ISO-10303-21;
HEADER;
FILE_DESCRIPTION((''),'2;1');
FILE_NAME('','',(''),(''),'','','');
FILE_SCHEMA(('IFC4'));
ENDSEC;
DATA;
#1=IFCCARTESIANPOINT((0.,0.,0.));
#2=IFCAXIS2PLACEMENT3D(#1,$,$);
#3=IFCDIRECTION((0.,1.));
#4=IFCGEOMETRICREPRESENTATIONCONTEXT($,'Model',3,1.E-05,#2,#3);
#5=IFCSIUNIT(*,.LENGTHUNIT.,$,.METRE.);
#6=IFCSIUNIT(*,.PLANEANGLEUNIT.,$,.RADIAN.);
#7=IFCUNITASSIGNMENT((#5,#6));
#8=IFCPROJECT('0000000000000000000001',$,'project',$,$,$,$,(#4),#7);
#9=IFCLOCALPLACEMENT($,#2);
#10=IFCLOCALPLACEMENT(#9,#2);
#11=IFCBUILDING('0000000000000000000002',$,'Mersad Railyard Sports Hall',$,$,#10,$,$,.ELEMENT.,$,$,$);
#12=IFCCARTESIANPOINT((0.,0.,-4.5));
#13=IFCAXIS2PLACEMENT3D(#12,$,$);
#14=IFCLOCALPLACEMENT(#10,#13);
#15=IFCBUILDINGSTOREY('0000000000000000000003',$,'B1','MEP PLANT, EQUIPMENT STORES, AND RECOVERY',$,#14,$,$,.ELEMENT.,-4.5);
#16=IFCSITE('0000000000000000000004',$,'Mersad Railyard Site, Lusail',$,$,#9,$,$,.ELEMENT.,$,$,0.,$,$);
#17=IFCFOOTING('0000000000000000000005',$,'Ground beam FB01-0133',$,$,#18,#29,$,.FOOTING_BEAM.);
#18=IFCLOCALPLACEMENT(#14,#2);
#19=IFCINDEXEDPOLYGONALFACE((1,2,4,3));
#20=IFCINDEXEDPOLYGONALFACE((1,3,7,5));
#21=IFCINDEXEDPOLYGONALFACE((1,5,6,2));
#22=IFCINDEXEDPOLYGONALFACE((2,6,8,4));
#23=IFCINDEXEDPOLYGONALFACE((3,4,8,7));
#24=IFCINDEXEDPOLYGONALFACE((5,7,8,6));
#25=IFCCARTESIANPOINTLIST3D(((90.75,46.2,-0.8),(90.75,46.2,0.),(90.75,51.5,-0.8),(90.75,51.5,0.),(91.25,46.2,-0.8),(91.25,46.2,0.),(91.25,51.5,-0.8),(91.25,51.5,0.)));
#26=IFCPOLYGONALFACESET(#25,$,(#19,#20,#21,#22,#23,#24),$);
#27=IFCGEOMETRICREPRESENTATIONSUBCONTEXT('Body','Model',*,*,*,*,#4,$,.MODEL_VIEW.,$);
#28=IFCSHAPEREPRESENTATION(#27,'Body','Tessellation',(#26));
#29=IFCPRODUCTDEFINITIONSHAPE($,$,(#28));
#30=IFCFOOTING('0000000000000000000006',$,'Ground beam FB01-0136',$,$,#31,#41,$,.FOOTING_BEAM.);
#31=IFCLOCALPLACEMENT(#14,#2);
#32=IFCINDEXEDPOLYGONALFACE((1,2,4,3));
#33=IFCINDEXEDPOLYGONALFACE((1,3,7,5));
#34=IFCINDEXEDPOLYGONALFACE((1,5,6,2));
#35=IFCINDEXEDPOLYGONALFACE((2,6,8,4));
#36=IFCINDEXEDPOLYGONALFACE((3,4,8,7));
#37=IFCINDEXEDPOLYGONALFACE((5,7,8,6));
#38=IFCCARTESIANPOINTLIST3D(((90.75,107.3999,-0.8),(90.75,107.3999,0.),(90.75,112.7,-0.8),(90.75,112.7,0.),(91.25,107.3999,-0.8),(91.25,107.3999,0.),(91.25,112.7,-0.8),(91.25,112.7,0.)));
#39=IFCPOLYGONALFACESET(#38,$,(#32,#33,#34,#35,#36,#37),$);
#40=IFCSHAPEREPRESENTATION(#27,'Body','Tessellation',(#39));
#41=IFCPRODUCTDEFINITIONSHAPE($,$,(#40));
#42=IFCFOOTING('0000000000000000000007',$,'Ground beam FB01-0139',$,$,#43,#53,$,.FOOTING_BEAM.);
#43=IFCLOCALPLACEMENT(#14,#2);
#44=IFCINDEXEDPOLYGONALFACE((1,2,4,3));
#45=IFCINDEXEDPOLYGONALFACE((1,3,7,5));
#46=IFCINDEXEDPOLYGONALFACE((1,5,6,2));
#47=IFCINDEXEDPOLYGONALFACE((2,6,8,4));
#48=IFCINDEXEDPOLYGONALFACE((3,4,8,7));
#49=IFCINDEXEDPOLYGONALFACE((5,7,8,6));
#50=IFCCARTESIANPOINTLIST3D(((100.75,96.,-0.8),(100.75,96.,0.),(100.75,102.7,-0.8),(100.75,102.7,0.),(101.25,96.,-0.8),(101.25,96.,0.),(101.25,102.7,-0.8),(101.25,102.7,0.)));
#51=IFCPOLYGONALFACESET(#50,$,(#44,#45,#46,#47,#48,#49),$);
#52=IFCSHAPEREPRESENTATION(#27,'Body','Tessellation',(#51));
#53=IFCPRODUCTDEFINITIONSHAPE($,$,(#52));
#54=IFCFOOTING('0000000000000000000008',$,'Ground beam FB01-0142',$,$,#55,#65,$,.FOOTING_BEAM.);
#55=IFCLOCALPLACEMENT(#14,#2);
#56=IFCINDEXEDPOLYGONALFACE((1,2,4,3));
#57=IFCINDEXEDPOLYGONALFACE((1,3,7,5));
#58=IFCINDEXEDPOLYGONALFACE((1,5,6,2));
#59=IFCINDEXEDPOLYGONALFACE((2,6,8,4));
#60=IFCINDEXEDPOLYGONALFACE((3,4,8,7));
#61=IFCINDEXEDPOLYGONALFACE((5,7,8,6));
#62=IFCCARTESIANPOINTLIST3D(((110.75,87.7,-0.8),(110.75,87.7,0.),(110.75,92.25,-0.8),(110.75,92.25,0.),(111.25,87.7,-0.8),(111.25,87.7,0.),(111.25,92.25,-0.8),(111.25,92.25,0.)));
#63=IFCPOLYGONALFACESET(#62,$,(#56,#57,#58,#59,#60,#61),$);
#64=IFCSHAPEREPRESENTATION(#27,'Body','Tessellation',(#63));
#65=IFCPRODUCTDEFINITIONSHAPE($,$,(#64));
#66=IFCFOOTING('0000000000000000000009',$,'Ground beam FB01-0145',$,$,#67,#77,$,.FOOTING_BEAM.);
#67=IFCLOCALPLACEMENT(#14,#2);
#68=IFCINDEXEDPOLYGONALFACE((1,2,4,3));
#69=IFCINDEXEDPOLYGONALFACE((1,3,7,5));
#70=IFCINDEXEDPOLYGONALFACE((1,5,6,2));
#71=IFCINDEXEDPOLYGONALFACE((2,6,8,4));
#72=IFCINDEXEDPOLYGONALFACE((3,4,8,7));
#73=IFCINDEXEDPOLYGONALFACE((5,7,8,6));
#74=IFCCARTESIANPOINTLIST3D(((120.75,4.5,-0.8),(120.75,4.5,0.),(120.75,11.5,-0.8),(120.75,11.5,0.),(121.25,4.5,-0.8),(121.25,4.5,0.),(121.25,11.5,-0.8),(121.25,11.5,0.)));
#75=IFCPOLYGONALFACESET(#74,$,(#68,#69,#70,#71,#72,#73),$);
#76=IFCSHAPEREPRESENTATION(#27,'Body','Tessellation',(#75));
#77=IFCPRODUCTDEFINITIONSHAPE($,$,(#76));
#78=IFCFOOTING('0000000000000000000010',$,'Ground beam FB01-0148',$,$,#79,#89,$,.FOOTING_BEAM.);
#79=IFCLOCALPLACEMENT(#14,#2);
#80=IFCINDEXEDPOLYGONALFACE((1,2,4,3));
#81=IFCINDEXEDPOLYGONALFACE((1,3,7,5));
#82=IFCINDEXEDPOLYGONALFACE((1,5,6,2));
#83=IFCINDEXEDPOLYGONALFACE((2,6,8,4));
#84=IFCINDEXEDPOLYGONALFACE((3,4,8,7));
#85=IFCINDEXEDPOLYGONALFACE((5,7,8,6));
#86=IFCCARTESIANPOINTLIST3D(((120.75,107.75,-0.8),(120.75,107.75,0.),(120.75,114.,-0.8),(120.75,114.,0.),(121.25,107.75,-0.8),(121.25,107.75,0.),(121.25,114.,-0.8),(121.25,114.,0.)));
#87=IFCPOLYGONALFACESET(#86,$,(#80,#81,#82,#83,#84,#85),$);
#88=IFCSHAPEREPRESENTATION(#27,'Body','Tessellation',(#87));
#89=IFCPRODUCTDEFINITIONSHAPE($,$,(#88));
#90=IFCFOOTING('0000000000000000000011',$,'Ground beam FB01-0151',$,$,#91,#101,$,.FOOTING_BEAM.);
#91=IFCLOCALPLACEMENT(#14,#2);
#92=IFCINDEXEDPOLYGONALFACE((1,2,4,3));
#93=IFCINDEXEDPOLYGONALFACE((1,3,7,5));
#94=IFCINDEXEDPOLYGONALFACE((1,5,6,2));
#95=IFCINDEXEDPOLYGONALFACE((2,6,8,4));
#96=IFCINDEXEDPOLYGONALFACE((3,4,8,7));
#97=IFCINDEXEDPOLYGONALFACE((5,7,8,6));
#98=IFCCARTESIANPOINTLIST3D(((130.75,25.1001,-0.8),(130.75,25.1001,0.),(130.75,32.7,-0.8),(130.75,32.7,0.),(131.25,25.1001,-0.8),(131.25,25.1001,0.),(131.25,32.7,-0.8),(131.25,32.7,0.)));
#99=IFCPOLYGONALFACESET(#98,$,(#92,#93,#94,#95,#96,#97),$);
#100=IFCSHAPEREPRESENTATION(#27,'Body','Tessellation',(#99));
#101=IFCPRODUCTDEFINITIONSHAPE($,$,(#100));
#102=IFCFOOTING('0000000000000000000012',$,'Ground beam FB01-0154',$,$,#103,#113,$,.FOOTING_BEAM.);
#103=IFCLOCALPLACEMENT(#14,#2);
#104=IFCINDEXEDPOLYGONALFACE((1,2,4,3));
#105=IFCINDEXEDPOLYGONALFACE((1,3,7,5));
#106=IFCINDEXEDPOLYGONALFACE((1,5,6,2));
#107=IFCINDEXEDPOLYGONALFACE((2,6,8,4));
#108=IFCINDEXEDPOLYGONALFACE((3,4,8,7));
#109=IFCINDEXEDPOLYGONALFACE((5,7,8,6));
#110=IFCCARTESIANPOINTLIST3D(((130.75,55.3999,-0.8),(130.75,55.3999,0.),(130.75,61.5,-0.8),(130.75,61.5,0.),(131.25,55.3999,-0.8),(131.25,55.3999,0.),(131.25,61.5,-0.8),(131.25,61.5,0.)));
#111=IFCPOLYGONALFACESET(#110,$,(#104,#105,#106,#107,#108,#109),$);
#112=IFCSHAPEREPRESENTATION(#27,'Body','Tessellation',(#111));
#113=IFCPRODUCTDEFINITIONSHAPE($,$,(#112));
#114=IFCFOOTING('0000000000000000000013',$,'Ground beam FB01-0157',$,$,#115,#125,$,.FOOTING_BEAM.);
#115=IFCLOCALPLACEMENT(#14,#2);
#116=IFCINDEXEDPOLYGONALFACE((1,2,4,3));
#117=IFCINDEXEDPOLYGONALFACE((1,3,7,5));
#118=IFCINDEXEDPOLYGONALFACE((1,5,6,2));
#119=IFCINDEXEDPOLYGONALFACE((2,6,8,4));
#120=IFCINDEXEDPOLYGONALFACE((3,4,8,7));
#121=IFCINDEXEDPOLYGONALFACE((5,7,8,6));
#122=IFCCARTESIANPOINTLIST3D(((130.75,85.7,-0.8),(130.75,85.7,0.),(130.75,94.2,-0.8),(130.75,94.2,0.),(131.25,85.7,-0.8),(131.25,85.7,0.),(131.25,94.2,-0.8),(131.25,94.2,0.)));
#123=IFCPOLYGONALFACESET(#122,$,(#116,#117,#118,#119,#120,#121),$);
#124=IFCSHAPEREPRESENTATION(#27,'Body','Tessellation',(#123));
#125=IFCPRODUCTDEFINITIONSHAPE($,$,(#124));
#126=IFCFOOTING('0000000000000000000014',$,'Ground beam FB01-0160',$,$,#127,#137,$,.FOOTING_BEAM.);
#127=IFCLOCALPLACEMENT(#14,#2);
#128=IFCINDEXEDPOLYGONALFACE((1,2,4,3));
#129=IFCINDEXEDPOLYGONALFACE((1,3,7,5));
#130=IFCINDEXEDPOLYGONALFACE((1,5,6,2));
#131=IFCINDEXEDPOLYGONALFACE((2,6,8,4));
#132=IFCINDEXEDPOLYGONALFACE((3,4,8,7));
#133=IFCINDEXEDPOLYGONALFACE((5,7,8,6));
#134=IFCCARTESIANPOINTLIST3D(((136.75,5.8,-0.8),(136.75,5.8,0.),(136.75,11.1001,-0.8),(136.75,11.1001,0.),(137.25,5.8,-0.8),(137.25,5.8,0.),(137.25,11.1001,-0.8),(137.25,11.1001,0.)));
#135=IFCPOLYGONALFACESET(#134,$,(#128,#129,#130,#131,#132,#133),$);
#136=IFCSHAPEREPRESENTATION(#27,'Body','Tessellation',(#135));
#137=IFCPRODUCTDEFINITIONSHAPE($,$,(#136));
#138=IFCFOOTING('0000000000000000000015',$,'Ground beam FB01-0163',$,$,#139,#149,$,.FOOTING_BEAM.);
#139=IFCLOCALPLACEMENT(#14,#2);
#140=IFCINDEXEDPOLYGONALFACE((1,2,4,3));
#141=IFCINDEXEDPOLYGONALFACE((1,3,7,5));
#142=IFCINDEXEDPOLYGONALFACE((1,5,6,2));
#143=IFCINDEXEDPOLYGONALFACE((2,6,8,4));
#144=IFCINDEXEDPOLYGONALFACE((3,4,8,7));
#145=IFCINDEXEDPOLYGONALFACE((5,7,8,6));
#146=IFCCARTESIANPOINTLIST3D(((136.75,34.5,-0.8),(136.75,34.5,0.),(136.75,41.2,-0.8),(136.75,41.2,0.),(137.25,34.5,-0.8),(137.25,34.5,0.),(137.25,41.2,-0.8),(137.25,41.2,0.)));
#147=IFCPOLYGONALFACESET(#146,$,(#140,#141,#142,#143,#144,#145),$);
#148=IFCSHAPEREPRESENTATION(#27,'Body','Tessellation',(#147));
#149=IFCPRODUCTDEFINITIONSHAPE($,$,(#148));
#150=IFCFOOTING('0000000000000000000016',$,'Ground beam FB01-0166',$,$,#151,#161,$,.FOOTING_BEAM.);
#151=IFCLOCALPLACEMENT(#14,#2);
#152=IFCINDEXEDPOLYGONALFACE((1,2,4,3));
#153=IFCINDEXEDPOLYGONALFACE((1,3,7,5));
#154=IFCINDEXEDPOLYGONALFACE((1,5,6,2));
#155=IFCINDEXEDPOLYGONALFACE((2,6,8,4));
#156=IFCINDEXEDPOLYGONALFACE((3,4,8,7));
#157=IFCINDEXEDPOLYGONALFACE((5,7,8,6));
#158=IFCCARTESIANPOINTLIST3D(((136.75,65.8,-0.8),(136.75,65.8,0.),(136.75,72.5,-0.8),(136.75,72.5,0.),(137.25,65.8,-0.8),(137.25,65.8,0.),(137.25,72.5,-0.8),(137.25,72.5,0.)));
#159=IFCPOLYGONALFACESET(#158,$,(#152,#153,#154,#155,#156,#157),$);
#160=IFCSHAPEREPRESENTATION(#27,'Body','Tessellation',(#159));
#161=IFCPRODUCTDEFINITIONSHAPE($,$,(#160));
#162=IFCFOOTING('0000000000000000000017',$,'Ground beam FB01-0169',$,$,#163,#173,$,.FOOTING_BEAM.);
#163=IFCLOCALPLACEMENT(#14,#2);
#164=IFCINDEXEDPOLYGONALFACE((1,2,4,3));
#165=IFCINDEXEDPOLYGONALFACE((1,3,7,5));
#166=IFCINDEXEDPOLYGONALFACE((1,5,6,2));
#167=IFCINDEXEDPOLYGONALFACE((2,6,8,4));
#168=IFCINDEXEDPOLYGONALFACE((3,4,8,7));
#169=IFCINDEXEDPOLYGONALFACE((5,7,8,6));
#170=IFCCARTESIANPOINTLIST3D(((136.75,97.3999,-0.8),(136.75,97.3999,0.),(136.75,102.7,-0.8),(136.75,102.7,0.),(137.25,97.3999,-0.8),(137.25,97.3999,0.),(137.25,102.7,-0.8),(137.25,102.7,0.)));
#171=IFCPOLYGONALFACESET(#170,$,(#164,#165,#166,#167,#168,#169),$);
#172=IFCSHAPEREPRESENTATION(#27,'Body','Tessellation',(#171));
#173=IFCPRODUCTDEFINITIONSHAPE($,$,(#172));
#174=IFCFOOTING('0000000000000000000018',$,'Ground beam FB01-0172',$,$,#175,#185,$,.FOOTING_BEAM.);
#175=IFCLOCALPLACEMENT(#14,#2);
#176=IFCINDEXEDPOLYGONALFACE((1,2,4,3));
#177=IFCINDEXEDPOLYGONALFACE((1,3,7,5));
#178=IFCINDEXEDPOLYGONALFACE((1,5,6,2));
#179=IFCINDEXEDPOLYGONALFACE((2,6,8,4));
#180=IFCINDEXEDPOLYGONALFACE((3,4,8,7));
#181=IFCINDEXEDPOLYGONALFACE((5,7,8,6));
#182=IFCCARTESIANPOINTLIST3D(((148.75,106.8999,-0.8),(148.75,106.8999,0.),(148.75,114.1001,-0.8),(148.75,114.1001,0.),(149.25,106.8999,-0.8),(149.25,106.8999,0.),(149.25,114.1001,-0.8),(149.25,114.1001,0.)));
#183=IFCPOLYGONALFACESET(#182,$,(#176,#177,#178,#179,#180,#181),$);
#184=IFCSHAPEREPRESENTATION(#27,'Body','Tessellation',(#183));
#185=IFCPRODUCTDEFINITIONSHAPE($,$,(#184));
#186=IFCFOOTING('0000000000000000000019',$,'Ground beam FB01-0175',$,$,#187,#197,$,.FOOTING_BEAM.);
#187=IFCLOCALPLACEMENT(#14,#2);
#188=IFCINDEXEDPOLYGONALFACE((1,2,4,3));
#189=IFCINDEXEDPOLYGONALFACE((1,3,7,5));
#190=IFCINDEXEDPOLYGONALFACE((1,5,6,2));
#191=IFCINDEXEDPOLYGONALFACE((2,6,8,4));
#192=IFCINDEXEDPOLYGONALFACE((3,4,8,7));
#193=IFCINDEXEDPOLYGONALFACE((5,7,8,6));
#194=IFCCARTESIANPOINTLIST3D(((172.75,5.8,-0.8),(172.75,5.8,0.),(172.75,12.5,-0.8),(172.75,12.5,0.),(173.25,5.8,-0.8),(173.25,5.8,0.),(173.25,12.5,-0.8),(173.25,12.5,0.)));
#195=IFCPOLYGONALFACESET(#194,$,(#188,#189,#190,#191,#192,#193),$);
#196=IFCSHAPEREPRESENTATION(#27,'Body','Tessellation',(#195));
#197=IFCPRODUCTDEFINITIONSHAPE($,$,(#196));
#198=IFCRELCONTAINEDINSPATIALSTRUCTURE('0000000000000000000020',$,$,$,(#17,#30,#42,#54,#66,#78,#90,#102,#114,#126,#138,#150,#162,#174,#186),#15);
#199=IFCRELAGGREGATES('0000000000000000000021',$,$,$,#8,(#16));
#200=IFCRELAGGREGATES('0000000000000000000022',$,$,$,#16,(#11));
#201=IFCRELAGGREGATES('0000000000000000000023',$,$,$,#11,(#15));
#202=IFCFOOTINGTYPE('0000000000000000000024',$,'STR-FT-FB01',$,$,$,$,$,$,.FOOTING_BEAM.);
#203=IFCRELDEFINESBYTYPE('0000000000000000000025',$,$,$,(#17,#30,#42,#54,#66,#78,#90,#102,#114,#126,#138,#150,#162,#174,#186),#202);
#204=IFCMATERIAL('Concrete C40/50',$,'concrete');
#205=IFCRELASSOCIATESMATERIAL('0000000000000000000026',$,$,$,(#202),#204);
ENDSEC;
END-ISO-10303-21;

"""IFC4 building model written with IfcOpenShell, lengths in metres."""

from ifc_helpers import new_model, si_unit, direction, frame, origin, place, context, subcontext, project, spatial, polyline, outline, extrude, material, type_object, element, save


model = new_model("IFC4")

# Units and contexts
model_context = context("Model", 3, precision=1e-05, world=origin(), true_north=direction((0.0, 1.0)))
body_context = subcontext(model_context, "Body", "Model", "MODEL_VIEW")
ifc_project = project(units=[si_unit("LENGTHUNIT", "METRE"), si_unit("PLANEANGLEUNIT", "RADIAN")], contexts=[model_context])

# Site, building, storey
site_placement = place(None, origin())
site = spatial("IfcSite", under=ifc_project, at=site_placement, Name="Mersad Railyard Site, Lusail", CompositionType="ELEMENT", RefElevation=0.0)
building_placement = place(site_placement, origin())
building = spatial("IfcBuilding", under=site, at=building_placement, Name="Mersad Railyard Sports Hall", CompositionType="ELEMENT")
storey_placement = place(building_placement, frame((0.0, 0.0, -4.5)))
storey = spatial("IfcBuildingStorey", under=building, at=storey_placement, Name="B1", Description="MEP PLANT, EQUIPMENT STORES, AND RECOVERY", CompositionType="ELEMENT", Elevation=-4.5)

# Footings
ifc_material = material(Name="Concrete C40/50", Category="concrete")
footing_type_1 = type_object("IfcFootingType", Name="STR-FT-FB01", PredefinedType="FOOTING_BEAM", material=ifc_material)
footing_1_placement = place(storey_placement, frame((0.0, 0.0, -0.8)))
element("IfcFooting", 1, at=footing_1_placement, inside=storey, type_object=footing_type_1, Name="Ground beam FB01-0133", PredefinedType="FOOTING_BEAM", context=body_context, shape_type="SweptSolid", body=[
    extrude(outline(polyline([(90.75, 46.2), (91.25, 46.2), (91.25, 51.5), (90.75, 51.5), (90.75, 46.2)])), origin(), (0.0, 0.0, 1.0), 0.8),
])
footing_2_placement = place(storey_placement, frame((0.0, 0.0, -0.8)))
element("IfcFooting", 2, at=footing_2_placement, inside=storey, type_object=footing_type_1, Name="Ground beam FB01-0136", PredefinedType="FOOTING_BEAM", context=body_context, shape_type="SweptSolid", body=[
    extrude(outline(polyline([(90.75, 107.3999), (91.25, 107.3999), (91.25, 112.7), (90.75, 112.7), (90.75, 107.3999)])), origin(), (0.0, 0.0, 1.0), 0.8),
])
footing_3_placement = place(storey_placement, frame((0.0, 0.0, -0.8)))
element("IfcFooting", 3, at=footing_3_placement, inside=storey, type_object=footing_type_1, Name="Ground beam FB01-0139", PredefinedType="FOOTING_BEAM", context=body_context, shape_type="SweptSolid", body=[
    extrude(outline(polyline([(100.75, 96.0), (101.25, 96.0), (101.25, 102.7), (100.75, 102.7), (100.75, 96.0)])), origin(), (0.0, 0.0, 1.0), 0.8),
])
footing_4_placement = place(storey_placement, frame((0.0, 0.0, -0.8)))
element("IfcFooting", 4, at=footing_4_placement, inside=storey, type_object=footing_type_1, Name="Ground beam FB01-0142", PredefinedType="FOOTING_BEAM", context=body_context, shape_type="SweptSolid", body=[
    extrude(outline(polyline([(110.75, 87.7), (111.25, 87.7), (111.25, 92.25), (110.75, 92.25), (110.75, 87.7)])), origin(), (0.0, 0.0, 1.0), 0.8),
])
footing_5_placement = place(storey_placement, frame((0.0, 0.0, -0.8)))
element("IfcFooting", 5, at=footing_5_placement, inside=storey, type_object=footing_type_1, Name="Ground beam FB01-0145", PredefinedType="FOOTING_BEAM", context=body_context, shape_type="SweptSolid", body=[
    extrude(outline(polyline([(120.75, 4.5), (121.25, 4.5), (121.25, 11.5), (120.75, 11.5), (120.75, 4.5)])), origin(), (0.0, 0.0, 1.0), 0.8),
])
footing_6_placement = place(storey_placement, frame((0.0, 0.0, -0.8)))
element("IfcFooting", 6, at=footing_6_placement, inside=storey, type_object=footing_type_1, Name="Ground beam FB01-0148", PredefinedType="FOOTING_BEAM", context=body_context, shape_type="SweptSolid", body=[
    extrude(outline(polyline([(120.75, 107.75), (121.25, 107.75), (121.25, 114.0), (120.75, 114.0), (120.75, 107.75)])), origin(), (0.0, 0.0, 1.0), 0.8),
])
footing_7_placement = place(storey_placement, frame((0.0, 0.0, -0.8)))
element("IfcFooting", 7, at=footing_7_placement, inside=storey, type_object=footing_type_1, Name="Ground beam FB01-0151", PredefinedType="FOOTING_BEAM", context=body_context, shape_type="SweptSolid", body=[
    extrude(outline(polyline([(130.75, 25.1001), (131.25, 25.1001), (131.25, 32.7), (130.75, 32.7), (130.75, 25.1001)])), origin(), (0.0, 0.0, 1.0), 0.8),
])
footing_8_placement = place(storey_placement, frame((0.0, 0.0, -0.8)))
element("IfcFooting", 8, at=footing_8_placement, inside=storey, type_object=footing_type_1, Name="Ground beam FB01-0154", PredefinedType="FOOTING_BEAM", context=body_context, shape_type="SweptSolid", body=[
    extrude(outline(polyline([(130.75, 55.3999), (131.25, 55.3999), (131.25, 61.5), (130.75, 61.5), (130.75, 55.3999)])), origin(), (0.0, 0.0, 1.0), 0.8),
])
footing_9_placement = place(storey_placement, frame((0.0, 0.0, -0.8)))
element("IfcFooting", 9, at=footing_9_placement, inside=storey, type_object=footing_type_1, Name="Ground beam FB01-0157", PredefinedType="FOOTING_BEAM", context=body_context, shape_type="SweptSolid", body=[
    extrude(outline(polyline([(130.75, 85.7), (131.25, 85.7), (131.25, 94.2), (130.75, 94.2), (130.75, 85.7)])), origin(), (0.0, 0.0, 1.0), 0.8),
])
footing_10_placement = place(storey_placement, frame((0.0, 0.0, -0.8)))
element("IfcFooting", 10, at=footing_10_placement, inside=storey, type_object=footing_type_1, Name="Ground beam FB01-0160", PredefinedType="FOOTING_BEAM", context=body_context, shape_type="SweptSolid", body=[
    extrude(outline(polyline([(136.75, 5.8), (137.25, 5.8), (137.25, 11.1001), (136.75, 11.1001), (136.75, 5.8)])), origin(), (0.0, 0.0, 1.0), 0.8),
])
footing_11_placement = place(storey_placement, frame((0.0, 0.0, -0.8)))
element("IfcFooting", 11, at=footing_11_placement, inside=storey, type_object=footing_type_1, Name="Ground beam FB01-0163", PredefinedType="FOOTING_BEAM", context=body_context, shape_type="SweptSolid", body=[
    extrude(outline(polyline([(136.75, 34.5), (137.25, 34.5), (137.25, 41.2), (136.75, 41.2), (136.75, 34.5)])), origin(), (0.0, 0.0, 1.0), 0.8),
])
footing_12_placement = place(storey_placement, frame((0.0, 0.0, -0.8)))
element("IfcFooting", 12, at=footing_12_placement, inside=storey, type_object=footing_type_1, Name="Ground beam FB01-0166", PredefinedType="FOOTING_BEAM", context=body_context, shape_type="SweptSolid", body=[
    extrude(outline(polyline([(136.75, 65.8), (137.25, 65.8), (137.25, 72.5), (136.75, 72.5), (136.75, 65.8)])), origin(), (0.0, 0.0, 1.0), 0.8),
])
footing_13_placement = place(storey_placement, frame((0.0, 0.0, -0.8)))
element("IfcFooting", 13, at=footing_13_placement, inside=storey, type_object=footing_type_1, Name="Ground beam FB01-0169", PredefinedType="FOOTING_BEAM", context=body_context, shape_type="SweptSolid", body=[
    extrude(outline(polyline([(136.75, 97.3999), (137.25, 97.3999), (137.25, 102.7), (136.75, 102.7), (136.75, 97.3999)])), origin(), (0.0, 0.0, 1.0), 0.8),
])
footing_14_placement = place(storey_placement, frame((0.0, 0.0, -0.8)))
element("IfcFooting", 14, at=footing_14_placement, inside=storey, type_object=footing_type_1, Name="Ground beam FB01-0172", PredefinedType="FOOTING_BEAM", context=body_context, shape_type="SweptSolid", body=[
    extrude(outline(polyline([(148.75, 106.8999), (149.25, 106.8999), (149.25, 114.1001), (148.75, 114.1001), (148.75, 106.8999)])), origin(), (0.0, 0.0, 1.0), 0.8),
])
footing_15_placement = place(storey_placement, frame((0.0, 0.0, -0.8)))
element("IfcFooting", 15, at=footing_15_placement, inside=storey, type_object=footing_type_1, Name="Ground beam FB01-0175", PredefinedType="FOOTING_BEAM", context=body_context, shape_type="SweptSolid", body=[
    extrude(outline(polyline([(172.75, 5.8), (173.25, 5.8), (173.25, 12.5), (172.75, 12.5), (172.75, 5.8)])), origin(), (0.0, 0.0, 1.0), 0.8),
])

save(model, "model.ifc")
